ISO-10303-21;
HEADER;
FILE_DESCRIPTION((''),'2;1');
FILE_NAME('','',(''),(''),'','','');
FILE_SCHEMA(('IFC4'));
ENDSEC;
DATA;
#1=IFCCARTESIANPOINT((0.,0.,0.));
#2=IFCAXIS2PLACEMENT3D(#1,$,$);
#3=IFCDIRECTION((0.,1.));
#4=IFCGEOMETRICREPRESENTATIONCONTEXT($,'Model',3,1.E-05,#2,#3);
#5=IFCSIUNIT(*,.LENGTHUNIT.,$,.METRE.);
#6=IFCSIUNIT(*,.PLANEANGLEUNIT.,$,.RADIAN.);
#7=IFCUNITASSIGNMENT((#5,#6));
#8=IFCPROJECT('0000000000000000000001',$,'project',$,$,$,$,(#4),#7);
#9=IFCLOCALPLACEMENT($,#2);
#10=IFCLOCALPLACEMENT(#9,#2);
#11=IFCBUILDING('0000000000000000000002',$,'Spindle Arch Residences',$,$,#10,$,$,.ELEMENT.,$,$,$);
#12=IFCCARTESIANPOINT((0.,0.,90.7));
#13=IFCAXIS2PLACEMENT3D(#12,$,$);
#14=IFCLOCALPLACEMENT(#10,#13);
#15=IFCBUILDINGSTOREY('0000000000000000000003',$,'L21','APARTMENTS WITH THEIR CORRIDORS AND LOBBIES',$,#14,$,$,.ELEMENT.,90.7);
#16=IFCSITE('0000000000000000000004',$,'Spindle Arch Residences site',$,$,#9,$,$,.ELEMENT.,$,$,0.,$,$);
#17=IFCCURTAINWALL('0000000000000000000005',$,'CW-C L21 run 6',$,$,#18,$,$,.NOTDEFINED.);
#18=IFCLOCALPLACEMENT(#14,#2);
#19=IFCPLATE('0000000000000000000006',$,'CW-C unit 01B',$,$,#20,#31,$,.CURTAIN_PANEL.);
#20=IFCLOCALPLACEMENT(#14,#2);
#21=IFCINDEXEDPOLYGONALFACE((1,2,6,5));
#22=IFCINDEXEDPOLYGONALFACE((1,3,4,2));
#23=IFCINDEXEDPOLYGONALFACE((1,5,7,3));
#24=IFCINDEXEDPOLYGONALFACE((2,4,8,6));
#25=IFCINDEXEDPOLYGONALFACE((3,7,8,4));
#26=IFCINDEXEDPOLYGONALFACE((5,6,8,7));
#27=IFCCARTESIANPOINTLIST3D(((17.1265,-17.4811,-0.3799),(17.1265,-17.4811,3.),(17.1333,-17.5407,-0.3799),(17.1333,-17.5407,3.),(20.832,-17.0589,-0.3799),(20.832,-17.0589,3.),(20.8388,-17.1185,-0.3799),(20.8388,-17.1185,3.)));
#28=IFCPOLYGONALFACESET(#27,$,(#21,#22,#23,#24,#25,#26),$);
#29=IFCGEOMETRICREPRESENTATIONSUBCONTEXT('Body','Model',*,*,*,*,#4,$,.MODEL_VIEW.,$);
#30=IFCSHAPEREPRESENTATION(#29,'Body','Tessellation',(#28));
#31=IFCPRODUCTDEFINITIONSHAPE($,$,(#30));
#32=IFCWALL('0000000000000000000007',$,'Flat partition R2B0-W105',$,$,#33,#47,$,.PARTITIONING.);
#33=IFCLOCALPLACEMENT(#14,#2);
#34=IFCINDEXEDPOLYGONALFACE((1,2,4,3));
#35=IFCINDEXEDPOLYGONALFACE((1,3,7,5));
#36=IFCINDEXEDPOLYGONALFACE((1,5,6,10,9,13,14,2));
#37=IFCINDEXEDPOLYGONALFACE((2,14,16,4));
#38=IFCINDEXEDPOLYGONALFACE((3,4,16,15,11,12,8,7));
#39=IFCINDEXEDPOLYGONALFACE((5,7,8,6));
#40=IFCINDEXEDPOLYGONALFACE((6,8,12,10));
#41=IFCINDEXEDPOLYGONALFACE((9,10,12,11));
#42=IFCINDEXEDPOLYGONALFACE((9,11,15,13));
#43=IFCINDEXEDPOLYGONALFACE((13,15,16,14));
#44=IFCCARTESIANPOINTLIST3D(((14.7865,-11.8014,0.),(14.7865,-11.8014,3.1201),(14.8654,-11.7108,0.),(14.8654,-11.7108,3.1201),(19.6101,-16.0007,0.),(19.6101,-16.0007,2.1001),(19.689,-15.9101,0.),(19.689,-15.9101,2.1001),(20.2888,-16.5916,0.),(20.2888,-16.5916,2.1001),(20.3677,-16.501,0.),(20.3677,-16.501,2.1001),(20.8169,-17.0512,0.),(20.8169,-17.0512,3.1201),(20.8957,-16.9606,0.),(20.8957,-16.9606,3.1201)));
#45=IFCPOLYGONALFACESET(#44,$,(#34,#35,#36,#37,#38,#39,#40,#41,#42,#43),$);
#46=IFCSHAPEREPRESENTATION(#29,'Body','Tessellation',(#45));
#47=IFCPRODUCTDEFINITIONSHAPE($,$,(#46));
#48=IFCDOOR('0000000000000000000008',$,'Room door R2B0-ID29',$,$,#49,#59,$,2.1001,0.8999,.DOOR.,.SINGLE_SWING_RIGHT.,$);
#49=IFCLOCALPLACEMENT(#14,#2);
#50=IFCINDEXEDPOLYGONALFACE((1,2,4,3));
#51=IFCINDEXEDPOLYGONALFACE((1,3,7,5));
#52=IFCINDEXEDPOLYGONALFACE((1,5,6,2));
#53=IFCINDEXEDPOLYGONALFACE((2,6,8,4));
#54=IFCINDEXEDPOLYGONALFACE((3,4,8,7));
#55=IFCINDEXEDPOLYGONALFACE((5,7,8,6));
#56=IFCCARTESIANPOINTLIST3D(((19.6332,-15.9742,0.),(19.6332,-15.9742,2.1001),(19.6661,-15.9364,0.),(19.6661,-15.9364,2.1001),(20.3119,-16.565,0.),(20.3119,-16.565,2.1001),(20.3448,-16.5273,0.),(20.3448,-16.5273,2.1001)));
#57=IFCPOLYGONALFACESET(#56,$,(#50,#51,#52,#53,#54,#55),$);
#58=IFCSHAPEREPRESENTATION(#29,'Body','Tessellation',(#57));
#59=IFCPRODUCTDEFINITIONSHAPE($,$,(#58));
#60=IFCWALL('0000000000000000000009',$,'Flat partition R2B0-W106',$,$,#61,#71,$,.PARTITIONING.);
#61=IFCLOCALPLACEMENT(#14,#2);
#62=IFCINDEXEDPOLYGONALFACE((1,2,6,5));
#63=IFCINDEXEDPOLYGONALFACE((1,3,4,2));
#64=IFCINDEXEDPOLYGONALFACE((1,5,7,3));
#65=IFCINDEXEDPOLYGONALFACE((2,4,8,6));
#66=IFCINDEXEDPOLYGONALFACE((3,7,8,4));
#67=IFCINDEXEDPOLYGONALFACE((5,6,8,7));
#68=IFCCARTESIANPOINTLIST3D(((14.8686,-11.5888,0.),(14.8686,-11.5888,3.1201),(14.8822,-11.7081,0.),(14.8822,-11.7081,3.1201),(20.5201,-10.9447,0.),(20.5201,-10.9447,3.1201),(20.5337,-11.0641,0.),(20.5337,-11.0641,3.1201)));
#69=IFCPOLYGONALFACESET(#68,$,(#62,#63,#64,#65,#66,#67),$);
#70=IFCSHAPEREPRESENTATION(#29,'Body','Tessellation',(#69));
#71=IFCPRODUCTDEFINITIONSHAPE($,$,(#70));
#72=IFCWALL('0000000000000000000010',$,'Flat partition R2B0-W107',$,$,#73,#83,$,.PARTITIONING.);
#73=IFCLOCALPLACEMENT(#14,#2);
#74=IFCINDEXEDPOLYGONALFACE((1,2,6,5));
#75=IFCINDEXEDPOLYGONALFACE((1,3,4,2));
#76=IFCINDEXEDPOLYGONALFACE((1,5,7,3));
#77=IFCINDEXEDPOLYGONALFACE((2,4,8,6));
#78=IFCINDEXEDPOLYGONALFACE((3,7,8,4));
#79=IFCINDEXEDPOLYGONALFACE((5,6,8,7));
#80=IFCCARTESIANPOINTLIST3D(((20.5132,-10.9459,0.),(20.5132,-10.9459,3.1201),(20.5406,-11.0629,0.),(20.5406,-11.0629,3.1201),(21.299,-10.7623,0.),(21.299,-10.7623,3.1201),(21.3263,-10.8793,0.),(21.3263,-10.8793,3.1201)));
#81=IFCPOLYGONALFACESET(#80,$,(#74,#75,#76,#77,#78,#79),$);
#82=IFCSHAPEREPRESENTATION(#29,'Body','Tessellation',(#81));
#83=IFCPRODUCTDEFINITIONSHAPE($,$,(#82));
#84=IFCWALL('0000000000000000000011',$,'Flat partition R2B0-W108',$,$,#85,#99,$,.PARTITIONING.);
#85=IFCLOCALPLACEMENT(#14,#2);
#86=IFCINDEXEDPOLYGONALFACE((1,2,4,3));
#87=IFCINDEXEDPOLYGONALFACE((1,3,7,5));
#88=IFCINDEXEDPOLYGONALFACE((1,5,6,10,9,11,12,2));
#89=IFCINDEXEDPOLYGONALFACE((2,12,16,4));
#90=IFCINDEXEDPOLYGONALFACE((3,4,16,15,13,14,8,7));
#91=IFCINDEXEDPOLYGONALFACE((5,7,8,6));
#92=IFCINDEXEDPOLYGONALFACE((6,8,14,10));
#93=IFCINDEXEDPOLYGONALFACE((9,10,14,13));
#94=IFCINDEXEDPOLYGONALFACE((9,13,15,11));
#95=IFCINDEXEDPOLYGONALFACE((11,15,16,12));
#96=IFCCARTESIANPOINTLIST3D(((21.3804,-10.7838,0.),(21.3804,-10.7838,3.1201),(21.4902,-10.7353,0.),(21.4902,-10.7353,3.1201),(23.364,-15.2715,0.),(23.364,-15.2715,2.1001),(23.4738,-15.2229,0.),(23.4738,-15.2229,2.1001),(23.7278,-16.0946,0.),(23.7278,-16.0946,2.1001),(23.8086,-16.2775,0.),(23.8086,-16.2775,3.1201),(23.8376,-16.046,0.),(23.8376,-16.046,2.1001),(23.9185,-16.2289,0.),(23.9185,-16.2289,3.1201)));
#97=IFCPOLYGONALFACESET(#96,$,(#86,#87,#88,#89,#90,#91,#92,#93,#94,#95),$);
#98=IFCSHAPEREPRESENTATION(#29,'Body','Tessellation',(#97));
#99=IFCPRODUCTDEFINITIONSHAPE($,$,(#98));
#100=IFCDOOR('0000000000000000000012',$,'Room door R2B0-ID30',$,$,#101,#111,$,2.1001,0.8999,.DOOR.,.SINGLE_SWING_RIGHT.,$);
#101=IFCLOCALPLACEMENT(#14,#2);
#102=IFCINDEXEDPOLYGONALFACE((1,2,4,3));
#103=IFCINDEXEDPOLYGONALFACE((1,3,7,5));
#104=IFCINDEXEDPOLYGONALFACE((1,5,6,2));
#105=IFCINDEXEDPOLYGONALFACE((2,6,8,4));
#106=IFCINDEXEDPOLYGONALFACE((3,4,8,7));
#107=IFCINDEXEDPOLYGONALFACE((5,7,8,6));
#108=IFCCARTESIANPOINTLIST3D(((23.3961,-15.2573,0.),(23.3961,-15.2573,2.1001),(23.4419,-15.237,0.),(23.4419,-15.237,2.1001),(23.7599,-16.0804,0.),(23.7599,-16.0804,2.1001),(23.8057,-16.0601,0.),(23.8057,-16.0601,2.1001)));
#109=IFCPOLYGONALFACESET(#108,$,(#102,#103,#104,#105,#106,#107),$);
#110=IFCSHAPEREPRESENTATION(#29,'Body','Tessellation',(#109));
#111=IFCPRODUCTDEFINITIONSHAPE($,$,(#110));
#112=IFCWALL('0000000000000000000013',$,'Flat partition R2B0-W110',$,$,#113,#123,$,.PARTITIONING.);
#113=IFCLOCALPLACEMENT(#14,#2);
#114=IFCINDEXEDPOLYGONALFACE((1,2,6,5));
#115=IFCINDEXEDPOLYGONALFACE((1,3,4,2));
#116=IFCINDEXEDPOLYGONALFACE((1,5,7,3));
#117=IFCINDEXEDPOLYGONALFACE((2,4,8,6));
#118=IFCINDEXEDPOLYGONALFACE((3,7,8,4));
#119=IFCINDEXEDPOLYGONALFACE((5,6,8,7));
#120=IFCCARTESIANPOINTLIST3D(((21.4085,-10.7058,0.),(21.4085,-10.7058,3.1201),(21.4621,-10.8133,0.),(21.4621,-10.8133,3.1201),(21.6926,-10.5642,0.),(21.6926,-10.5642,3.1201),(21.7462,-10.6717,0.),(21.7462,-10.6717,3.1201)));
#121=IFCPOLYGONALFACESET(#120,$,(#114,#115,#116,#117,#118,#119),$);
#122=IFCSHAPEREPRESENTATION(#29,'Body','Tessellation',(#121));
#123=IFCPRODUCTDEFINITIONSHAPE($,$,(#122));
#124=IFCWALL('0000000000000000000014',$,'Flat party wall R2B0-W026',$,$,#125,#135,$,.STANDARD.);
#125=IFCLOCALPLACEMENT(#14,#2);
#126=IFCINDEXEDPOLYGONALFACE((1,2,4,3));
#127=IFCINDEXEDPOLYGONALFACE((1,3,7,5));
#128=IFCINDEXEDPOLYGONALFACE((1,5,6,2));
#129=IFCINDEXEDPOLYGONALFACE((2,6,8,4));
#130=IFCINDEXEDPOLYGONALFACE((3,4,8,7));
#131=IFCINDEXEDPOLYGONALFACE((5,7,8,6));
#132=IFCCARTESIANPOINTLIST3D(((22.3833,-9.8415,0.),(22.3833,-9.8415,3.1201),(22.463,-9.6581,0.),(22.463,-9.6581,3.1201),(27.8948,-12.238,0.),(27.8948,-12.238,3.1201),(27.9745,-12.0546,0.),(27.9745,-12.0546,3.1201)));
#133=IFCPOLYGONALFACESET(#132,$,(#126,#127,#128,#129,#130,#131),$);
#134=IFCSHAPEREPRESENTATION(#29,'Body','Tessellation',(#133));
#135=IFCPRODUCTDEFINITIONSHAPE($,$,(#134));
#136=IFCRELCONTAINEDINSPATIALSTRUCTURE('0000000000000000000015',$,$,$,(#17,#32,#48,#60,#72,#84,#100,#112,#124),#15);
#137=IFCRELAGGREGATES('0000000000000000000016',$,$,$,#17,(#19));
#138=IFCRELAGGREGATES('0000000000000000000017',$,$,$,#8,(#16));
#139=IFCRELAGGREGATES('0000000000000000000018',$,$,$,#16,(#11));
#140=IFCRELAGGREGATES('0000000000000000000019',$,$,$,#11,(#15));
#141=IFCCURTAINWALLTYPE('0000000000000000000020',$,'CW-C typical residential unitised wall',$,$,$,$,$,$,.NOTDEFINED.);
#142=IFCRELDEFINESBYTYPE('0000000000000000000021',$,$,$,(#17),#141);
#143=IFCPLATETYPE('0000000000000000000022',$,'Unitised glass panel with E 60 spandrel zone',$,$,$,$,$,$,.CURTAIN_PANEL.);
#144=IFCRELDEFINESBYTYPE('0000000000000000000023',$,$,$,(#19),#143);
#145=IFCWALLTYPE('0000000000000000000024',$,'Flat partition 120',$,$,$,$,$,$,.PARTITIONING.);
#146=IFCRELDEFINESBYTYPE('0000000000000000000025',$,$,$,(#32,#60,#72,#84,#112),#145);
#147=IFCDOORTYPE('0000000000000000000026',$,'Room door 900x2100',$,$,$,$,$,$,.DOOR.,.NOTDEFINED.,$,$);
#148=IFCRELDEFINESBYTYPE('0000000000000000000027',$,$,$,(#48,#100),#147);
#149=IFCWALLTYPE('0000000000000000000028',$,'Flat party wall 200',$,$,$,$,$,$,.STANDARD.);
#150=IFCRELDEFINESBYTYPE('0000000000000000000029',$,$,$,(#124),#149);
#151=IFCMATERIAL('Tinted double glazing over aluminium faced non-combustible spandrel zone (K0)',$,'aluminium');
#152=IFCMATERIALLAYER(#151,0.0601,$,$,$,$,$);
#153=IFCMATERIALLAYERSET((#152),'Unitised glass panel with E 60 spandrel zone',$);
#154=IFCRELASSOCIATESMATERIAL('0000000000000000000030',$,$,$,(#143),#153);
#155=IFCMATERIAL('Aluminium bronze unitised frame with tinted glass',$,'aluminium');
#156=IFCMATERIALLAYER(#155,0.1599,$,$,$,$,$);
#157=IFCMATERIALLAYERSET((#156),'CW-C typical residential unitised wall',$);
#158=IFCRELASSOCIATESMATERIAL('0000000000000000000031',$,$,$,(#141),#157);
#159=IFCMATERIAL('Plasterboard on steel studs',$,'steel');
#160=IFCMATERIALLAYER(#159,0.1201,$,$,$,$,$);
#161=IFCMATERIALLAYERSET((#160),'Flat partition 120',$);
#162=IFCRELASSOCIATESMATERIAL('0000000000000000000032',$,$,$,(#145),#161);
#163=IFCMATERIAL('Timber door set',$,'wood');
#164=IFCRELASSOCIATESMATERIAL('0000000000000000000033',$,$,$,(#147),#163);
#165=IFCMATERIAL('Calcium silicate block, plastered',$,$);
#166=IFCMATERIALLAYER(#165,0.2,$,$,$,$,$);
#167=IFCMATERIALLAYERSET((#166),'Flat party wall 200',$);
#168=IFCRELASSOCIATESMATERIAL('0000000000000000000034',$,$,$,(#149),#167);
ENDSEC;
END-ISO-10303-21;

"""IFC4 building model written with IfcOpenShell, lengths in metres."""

from ifc_helpers import new_model, si_unit, direction, frame, frame_2d, origin, origin_2d, place, context, subcontext, project, spatial, rectangle, extrude, material, layer, layer_set, type_object, element, fill, aggregate, save


model = new_model("IFC4")

# Units and contexts
model_context = context("Model", 3, precision=1e-05, world=origin(), true_north=direction((0.0, 1.0)))
body_context = subcontext(model_context, "Body", "Model", "MODEL_VIEW")
ifc_project = project(units=[si_unit("LENGTHUNIT", "METRE"), si_unit("PLANEANGLEUNIT", "RADIAN")], contexts=[model_context])

# Site, building, storey
site_placement = place(None, origin())
site = spatial("IfcSite", under=ifc_project, at=site_placement, Name="Spindle Arch Residences site", CompositionType="ELEMENT", RefElevation=0.0)
building_placement = place(site_placement, origin())
building = spatial("IfcBuilding", under=site, at=building_placement, Name="Spindle Arch Residences", CompositionType="ELEMENT")
storey_placement = place(building_placement, frame((0.0, 0.0, 90.7)))
storey = spatial("IfcBuildingStorey", under=building, at=storey_placement, Name="L21", Description="APARTMENTS WITH THEIR CORRIDORS AND LOBBIES", CompositionType="ELEMENT", Elevation=90.7)

# Shared definitions
ifc_material_1 = material(Name="Tinted double glazing over aluminium faced non-combustible spandrel zone (K0)", Category="aluminium")
ifc_layer_1 = layer(ifc_material_1, 0.0601)
ifc_layer_set_1 = layer_set([ifc_layer_1], Name="Unitised glass panel with E 60 spandrel zone")
plate_type = type_object("IfcPlateType", Name="Unitised glass panel with E 60 spandrel zone", PredefinedType="CURTAIN_PANEL", material=ifc_layer_set_1)

# Curtain wall, plate
ifc_material_2 = material(Name="Aluminium bronze unitised frame with tinted glass", Category="aluminium")
ifc_layer_2 = layer(ifc_material_2, 0.1599)
ifc_layer_set_2 = layer_set([ifc_layer_2], Name="CW-C typical residential unitised wall")
curtain_wall_type_1 = type_object("IfcCurtainWallType", Name="CW-C typical residential unitised wall", PredefinedType="NOTDEFINED", material=ifc_layer_set_2)
curtain_wall_1_placement = place(storey_placement, origin())
curtain_wall_1 = element("IfcCurtainWall", 1, at=curtain_wall_1_placement, inside=storey, type_object=curtain_wall_type_1, Name="CW-C L21 run 6", PredefinedType="NOTDEFINED")
plate_1_placement = place(storey_placement, frame((18.9827, -17.2998, -0.3799), z_axis=(0.0, 0.0, 1.0), x_axis=(0.993572, 0.113203, 0.0)))
plate_1 = element("IfcPlate", 2, at=plate_1_placement, type_object=plate_type, Name="CW-C unit 01B", PredefinedType="CURTAIN_PANEL", context=body_context, shape_type="SweptSolid", body=[
    extrude(rectangle(XDim=3.7295, YDim=0.0601, at=origin_2d()), origin(), (0.0, 0.0, 1.0), 3.3799),
])
aggregate(curtain_wall_1, [plate_1])

# Wall, opening, door
ifc_material_3 = material(Name="Plasterboard on steel studs", Category="steel")
ifc_layer_3 = layer(ifc_material_3, 0.1201)
ifc_layer_set_3 = layer_set([ifc_layer_3], Name="Flat partition 120")
wall_type_1 = type_object("IfcWallType", Name="Flat partition 120", PredefinedType="PARTITIONING", material=ifc_layer_set_3)
wall_1_placement = place(storey_placement, frame((20.8562, -17.0059, 0.0), z_axis=(0.0, 0.0, 1.0), x_axis=(-0.754231, 0.656609, 0.0)))
wall_1 = element("IfcWall", 3, at=wall_1_placement, inside=storey, type_object=wall_type_1, Name="Flat partition R2B0-W105", PredefinedType="PARTITIONING", context=body_context, shape_type="SweptSolid", body=[
    extrude(rectangle(XDim=7.9954, YDim=0.1201, at=frame_2d((3.9976, 0.0))), origin(), (0.0, 0.0, 1.0), 3.1201),
])
opening_1_placement = place(wall_1_placement, frame((0.7, 0.0, 0.0)))
opening_1 = element("IfcOpeningElement", 4, at=opening_1_placement, cuts=wall_1, PredefinedType="OPENING", context=body_context, shape_type="SweptSolid", body=[
    extrude(rectangle(XDim=0.8999, YDim=2.1001, at=frame_2d((0.45, 1.05))), frame((0.0, 0.0701, 0.0), z_axis=(0.0, -1.0, 0.0), x_axis=(1.0, 0.0, 0.0)), (0.0, 0.0, 1.0), 0.1401),
])
ifc_material_4 = material(Name="Timber door set", Category="wood")
door_type = type_object("IfcDoorType", Name="Room door 900x2100", OperationType="NOTDEFINED", PredefinedType="DOOR", material=ifc_material_4)
door_1_placement = place(opening_1_placement, origin())
door_1 = element("IfcDoor", 5, at=door_1_placement, inside=storey, type_object=door_type, Name="Room door R2B0-ID29", OperationType="SINGLE_SWING_RIGHT", OverallHeight=2.1001, OverallWidth=0.8999, PredefinedType="DOOR", context=body_context, shape_type="SweptSolid", body=[
    extrude(rectangle(XDim=0.8999, YDim=2.1001, at=frame_2d((0.45, 1.05))), frame((0.0, 0.0249, 0.0), z_axis=(0.0, -1.0, 0.0), x_axis=(1.0, 0.0, 0.0)), (0.0, 0.0, 1.0), 0.05),
])
fill(opening_1, door_1)

# Walls
wall_2_placement = place(storey_placement, frame((20.5269, -11.0044, 0.0), z_axis=(0.0, 0.0, 1.0), x_axis=(-0.993569, -0.113229, 0.0)))
element("IfcWall", 6, at=wall_2_placement, inside=storey, type_object=wall_type_1, Name="Flat partition R2B0-W106", PredefinedType="PARTITIONING", context=body_context, shape_type="SweptSolid", body=[
    extrude(rectangle(XDim=5.688, YDim=0.1201, at=frame_2d((2.844, 0.0))), origin(), (0.0, 0.0, 1.0), 3.1201),
])
wall_3_placement = place(storey_placement, frame((21.3125, -10.8208, 0.0), z_axis=(0.0, 0.0, 1.0), x_axis=(-0.973765, -0.227555, 0.0)))
element("IfcWall", 7, at=wall_3_placement, inside=storey, type_object=wall_type_1, Name="Flat partition R2B0-W107", PredefinedType="PARTITIONING", context=body_context, shape_type="SweptSolid", body=[
    extrude(rectangle(XDim=0.8069, YDim=0.1201, at=frame_2d((0.4033, 0.0))), origin(), (0.0, 0.0, 1.0), 3.1201),
])

# Wall, opening, door
wall_4_placement = place(storey_placement, frame((23.8635, -16.2532, 0.0), z_axis=(0.0, 0.0, 1.0), x_axis=(-0.404275, 0.914638, 0.0)))
wall_4 = element("IfcWall", 8, at=wall_4_placement, inside=storey, type_object=wall_type_1, Name="Flat partition R2B0-W108", PredefinedType="PARTITIONING", context=body_context, shape_type="SweptSolid", body=[
    extrude(rectangle(XDim=6.0063, YDim=0.1201, at=frame_2d((3.0032, 0.0))), origin(), (0.0, 0.0, 1.0), 3.1201),
])
opening_2_placement = place(wall_4_placement, frame((0.2, 0.0, 0.0)))
opening_2 = element("IfcOpeningElement", 9, at=opening_2_placement, cuts=wall_4, PredefinedType="OPENING", context=body_context, shape_type="SweptSolid", body=[
    extrude(rectangle(XDim=0.8999, YDim=2.1001, at=frame_2d((0.45, 1.05))), frame((0.0, 0.0701, 0.0), z_axis=(0.0, -1.0, 0.0), x_axis=(1.0, 0.0, 0.0)), (0.0, 0.0, 1.0), 0.1401),
])
door_2_placement = place(opening_2_placement, origin())
door_2 = element("IfcDoor", 10, at=door_2_placement, inside=storey, type_object=door_type, Name="Room door R2B0-ID30", OperationType="SINGLE_SWING_RIGHT", OverallHeight=2.1001, OverallWidth=0.8999, PredefinedType="DOOR", context=body_context, shape_type="SweptSolid", body=[
    extrude(rectangle(XDim=0.8999, YDim=2.1001, at=frame_2d((0.45, 1.05))), frame((0.0, 0.0249, 0.0), z_axis=(0.0, -1.0, 0.0), x_axis=(1.0, 0.0, 0.0)), (0.0, 0.0, 1.0), 0.05),
])
fill(opening_2, door_2)

# Walls
wall_5_placement = place(storey_placement, frame((21.4353, -10.7595, 0.0), z_axis=(0.0, 0.0, 1.0), x_axis=(0.895041, 0.445983, 0.0)))
element("IfcWall", 11, at=wall_5_placement, inside=storey, type_object=wall_type_1, Name="Flat partition R2B0-W110", PredefinedType="PARTITIONING", context=body_context, shape_type="SweptSolid", body=[
    extrude(rectangle(XDim=0.3174, YDim=0.1201, at=frame_2d((0.1587, 0.0))), origin(), (0.0, 0.0, 1.0), 3.1201),
])
ifc_material_5 = material(Name="Calcium silicate block, plastered")
ifc_layer_4 = layer(ifc_material_5, 0.2)
ifc_layer_set_4 = layer_set([ifc_layer_4], Name="Flat party wall 200")
wall_type_2 = type_object("IfcWallType", Name="Flat party wall 200", PredefinedType="STANDARD", material=ifc_layer_set_4)
wall_6_placement = place(storey_placement, frame((27.9346, -12.1462, 0.0), z_axis=(0.0, 0.0, 1.0), x_axis=(-0.917058, 0.398753, 0.0)))
element("IfcWall", 12, at=wall_6_placement, inside=storey, type_object=wall_type_2, Name="Flat party wall R2B0-W026", PredefinedType="STANDARD", context=body_context, shape_type="SweptSolid", body=[
    extrude(rectangle(XDim=6.01, YDim=0.2, at=frame_2d((3.0049, 0.0))), origin(), (0.0, 0.0, 1.0), 3.1201),
])

save(model, "model.ifc")
